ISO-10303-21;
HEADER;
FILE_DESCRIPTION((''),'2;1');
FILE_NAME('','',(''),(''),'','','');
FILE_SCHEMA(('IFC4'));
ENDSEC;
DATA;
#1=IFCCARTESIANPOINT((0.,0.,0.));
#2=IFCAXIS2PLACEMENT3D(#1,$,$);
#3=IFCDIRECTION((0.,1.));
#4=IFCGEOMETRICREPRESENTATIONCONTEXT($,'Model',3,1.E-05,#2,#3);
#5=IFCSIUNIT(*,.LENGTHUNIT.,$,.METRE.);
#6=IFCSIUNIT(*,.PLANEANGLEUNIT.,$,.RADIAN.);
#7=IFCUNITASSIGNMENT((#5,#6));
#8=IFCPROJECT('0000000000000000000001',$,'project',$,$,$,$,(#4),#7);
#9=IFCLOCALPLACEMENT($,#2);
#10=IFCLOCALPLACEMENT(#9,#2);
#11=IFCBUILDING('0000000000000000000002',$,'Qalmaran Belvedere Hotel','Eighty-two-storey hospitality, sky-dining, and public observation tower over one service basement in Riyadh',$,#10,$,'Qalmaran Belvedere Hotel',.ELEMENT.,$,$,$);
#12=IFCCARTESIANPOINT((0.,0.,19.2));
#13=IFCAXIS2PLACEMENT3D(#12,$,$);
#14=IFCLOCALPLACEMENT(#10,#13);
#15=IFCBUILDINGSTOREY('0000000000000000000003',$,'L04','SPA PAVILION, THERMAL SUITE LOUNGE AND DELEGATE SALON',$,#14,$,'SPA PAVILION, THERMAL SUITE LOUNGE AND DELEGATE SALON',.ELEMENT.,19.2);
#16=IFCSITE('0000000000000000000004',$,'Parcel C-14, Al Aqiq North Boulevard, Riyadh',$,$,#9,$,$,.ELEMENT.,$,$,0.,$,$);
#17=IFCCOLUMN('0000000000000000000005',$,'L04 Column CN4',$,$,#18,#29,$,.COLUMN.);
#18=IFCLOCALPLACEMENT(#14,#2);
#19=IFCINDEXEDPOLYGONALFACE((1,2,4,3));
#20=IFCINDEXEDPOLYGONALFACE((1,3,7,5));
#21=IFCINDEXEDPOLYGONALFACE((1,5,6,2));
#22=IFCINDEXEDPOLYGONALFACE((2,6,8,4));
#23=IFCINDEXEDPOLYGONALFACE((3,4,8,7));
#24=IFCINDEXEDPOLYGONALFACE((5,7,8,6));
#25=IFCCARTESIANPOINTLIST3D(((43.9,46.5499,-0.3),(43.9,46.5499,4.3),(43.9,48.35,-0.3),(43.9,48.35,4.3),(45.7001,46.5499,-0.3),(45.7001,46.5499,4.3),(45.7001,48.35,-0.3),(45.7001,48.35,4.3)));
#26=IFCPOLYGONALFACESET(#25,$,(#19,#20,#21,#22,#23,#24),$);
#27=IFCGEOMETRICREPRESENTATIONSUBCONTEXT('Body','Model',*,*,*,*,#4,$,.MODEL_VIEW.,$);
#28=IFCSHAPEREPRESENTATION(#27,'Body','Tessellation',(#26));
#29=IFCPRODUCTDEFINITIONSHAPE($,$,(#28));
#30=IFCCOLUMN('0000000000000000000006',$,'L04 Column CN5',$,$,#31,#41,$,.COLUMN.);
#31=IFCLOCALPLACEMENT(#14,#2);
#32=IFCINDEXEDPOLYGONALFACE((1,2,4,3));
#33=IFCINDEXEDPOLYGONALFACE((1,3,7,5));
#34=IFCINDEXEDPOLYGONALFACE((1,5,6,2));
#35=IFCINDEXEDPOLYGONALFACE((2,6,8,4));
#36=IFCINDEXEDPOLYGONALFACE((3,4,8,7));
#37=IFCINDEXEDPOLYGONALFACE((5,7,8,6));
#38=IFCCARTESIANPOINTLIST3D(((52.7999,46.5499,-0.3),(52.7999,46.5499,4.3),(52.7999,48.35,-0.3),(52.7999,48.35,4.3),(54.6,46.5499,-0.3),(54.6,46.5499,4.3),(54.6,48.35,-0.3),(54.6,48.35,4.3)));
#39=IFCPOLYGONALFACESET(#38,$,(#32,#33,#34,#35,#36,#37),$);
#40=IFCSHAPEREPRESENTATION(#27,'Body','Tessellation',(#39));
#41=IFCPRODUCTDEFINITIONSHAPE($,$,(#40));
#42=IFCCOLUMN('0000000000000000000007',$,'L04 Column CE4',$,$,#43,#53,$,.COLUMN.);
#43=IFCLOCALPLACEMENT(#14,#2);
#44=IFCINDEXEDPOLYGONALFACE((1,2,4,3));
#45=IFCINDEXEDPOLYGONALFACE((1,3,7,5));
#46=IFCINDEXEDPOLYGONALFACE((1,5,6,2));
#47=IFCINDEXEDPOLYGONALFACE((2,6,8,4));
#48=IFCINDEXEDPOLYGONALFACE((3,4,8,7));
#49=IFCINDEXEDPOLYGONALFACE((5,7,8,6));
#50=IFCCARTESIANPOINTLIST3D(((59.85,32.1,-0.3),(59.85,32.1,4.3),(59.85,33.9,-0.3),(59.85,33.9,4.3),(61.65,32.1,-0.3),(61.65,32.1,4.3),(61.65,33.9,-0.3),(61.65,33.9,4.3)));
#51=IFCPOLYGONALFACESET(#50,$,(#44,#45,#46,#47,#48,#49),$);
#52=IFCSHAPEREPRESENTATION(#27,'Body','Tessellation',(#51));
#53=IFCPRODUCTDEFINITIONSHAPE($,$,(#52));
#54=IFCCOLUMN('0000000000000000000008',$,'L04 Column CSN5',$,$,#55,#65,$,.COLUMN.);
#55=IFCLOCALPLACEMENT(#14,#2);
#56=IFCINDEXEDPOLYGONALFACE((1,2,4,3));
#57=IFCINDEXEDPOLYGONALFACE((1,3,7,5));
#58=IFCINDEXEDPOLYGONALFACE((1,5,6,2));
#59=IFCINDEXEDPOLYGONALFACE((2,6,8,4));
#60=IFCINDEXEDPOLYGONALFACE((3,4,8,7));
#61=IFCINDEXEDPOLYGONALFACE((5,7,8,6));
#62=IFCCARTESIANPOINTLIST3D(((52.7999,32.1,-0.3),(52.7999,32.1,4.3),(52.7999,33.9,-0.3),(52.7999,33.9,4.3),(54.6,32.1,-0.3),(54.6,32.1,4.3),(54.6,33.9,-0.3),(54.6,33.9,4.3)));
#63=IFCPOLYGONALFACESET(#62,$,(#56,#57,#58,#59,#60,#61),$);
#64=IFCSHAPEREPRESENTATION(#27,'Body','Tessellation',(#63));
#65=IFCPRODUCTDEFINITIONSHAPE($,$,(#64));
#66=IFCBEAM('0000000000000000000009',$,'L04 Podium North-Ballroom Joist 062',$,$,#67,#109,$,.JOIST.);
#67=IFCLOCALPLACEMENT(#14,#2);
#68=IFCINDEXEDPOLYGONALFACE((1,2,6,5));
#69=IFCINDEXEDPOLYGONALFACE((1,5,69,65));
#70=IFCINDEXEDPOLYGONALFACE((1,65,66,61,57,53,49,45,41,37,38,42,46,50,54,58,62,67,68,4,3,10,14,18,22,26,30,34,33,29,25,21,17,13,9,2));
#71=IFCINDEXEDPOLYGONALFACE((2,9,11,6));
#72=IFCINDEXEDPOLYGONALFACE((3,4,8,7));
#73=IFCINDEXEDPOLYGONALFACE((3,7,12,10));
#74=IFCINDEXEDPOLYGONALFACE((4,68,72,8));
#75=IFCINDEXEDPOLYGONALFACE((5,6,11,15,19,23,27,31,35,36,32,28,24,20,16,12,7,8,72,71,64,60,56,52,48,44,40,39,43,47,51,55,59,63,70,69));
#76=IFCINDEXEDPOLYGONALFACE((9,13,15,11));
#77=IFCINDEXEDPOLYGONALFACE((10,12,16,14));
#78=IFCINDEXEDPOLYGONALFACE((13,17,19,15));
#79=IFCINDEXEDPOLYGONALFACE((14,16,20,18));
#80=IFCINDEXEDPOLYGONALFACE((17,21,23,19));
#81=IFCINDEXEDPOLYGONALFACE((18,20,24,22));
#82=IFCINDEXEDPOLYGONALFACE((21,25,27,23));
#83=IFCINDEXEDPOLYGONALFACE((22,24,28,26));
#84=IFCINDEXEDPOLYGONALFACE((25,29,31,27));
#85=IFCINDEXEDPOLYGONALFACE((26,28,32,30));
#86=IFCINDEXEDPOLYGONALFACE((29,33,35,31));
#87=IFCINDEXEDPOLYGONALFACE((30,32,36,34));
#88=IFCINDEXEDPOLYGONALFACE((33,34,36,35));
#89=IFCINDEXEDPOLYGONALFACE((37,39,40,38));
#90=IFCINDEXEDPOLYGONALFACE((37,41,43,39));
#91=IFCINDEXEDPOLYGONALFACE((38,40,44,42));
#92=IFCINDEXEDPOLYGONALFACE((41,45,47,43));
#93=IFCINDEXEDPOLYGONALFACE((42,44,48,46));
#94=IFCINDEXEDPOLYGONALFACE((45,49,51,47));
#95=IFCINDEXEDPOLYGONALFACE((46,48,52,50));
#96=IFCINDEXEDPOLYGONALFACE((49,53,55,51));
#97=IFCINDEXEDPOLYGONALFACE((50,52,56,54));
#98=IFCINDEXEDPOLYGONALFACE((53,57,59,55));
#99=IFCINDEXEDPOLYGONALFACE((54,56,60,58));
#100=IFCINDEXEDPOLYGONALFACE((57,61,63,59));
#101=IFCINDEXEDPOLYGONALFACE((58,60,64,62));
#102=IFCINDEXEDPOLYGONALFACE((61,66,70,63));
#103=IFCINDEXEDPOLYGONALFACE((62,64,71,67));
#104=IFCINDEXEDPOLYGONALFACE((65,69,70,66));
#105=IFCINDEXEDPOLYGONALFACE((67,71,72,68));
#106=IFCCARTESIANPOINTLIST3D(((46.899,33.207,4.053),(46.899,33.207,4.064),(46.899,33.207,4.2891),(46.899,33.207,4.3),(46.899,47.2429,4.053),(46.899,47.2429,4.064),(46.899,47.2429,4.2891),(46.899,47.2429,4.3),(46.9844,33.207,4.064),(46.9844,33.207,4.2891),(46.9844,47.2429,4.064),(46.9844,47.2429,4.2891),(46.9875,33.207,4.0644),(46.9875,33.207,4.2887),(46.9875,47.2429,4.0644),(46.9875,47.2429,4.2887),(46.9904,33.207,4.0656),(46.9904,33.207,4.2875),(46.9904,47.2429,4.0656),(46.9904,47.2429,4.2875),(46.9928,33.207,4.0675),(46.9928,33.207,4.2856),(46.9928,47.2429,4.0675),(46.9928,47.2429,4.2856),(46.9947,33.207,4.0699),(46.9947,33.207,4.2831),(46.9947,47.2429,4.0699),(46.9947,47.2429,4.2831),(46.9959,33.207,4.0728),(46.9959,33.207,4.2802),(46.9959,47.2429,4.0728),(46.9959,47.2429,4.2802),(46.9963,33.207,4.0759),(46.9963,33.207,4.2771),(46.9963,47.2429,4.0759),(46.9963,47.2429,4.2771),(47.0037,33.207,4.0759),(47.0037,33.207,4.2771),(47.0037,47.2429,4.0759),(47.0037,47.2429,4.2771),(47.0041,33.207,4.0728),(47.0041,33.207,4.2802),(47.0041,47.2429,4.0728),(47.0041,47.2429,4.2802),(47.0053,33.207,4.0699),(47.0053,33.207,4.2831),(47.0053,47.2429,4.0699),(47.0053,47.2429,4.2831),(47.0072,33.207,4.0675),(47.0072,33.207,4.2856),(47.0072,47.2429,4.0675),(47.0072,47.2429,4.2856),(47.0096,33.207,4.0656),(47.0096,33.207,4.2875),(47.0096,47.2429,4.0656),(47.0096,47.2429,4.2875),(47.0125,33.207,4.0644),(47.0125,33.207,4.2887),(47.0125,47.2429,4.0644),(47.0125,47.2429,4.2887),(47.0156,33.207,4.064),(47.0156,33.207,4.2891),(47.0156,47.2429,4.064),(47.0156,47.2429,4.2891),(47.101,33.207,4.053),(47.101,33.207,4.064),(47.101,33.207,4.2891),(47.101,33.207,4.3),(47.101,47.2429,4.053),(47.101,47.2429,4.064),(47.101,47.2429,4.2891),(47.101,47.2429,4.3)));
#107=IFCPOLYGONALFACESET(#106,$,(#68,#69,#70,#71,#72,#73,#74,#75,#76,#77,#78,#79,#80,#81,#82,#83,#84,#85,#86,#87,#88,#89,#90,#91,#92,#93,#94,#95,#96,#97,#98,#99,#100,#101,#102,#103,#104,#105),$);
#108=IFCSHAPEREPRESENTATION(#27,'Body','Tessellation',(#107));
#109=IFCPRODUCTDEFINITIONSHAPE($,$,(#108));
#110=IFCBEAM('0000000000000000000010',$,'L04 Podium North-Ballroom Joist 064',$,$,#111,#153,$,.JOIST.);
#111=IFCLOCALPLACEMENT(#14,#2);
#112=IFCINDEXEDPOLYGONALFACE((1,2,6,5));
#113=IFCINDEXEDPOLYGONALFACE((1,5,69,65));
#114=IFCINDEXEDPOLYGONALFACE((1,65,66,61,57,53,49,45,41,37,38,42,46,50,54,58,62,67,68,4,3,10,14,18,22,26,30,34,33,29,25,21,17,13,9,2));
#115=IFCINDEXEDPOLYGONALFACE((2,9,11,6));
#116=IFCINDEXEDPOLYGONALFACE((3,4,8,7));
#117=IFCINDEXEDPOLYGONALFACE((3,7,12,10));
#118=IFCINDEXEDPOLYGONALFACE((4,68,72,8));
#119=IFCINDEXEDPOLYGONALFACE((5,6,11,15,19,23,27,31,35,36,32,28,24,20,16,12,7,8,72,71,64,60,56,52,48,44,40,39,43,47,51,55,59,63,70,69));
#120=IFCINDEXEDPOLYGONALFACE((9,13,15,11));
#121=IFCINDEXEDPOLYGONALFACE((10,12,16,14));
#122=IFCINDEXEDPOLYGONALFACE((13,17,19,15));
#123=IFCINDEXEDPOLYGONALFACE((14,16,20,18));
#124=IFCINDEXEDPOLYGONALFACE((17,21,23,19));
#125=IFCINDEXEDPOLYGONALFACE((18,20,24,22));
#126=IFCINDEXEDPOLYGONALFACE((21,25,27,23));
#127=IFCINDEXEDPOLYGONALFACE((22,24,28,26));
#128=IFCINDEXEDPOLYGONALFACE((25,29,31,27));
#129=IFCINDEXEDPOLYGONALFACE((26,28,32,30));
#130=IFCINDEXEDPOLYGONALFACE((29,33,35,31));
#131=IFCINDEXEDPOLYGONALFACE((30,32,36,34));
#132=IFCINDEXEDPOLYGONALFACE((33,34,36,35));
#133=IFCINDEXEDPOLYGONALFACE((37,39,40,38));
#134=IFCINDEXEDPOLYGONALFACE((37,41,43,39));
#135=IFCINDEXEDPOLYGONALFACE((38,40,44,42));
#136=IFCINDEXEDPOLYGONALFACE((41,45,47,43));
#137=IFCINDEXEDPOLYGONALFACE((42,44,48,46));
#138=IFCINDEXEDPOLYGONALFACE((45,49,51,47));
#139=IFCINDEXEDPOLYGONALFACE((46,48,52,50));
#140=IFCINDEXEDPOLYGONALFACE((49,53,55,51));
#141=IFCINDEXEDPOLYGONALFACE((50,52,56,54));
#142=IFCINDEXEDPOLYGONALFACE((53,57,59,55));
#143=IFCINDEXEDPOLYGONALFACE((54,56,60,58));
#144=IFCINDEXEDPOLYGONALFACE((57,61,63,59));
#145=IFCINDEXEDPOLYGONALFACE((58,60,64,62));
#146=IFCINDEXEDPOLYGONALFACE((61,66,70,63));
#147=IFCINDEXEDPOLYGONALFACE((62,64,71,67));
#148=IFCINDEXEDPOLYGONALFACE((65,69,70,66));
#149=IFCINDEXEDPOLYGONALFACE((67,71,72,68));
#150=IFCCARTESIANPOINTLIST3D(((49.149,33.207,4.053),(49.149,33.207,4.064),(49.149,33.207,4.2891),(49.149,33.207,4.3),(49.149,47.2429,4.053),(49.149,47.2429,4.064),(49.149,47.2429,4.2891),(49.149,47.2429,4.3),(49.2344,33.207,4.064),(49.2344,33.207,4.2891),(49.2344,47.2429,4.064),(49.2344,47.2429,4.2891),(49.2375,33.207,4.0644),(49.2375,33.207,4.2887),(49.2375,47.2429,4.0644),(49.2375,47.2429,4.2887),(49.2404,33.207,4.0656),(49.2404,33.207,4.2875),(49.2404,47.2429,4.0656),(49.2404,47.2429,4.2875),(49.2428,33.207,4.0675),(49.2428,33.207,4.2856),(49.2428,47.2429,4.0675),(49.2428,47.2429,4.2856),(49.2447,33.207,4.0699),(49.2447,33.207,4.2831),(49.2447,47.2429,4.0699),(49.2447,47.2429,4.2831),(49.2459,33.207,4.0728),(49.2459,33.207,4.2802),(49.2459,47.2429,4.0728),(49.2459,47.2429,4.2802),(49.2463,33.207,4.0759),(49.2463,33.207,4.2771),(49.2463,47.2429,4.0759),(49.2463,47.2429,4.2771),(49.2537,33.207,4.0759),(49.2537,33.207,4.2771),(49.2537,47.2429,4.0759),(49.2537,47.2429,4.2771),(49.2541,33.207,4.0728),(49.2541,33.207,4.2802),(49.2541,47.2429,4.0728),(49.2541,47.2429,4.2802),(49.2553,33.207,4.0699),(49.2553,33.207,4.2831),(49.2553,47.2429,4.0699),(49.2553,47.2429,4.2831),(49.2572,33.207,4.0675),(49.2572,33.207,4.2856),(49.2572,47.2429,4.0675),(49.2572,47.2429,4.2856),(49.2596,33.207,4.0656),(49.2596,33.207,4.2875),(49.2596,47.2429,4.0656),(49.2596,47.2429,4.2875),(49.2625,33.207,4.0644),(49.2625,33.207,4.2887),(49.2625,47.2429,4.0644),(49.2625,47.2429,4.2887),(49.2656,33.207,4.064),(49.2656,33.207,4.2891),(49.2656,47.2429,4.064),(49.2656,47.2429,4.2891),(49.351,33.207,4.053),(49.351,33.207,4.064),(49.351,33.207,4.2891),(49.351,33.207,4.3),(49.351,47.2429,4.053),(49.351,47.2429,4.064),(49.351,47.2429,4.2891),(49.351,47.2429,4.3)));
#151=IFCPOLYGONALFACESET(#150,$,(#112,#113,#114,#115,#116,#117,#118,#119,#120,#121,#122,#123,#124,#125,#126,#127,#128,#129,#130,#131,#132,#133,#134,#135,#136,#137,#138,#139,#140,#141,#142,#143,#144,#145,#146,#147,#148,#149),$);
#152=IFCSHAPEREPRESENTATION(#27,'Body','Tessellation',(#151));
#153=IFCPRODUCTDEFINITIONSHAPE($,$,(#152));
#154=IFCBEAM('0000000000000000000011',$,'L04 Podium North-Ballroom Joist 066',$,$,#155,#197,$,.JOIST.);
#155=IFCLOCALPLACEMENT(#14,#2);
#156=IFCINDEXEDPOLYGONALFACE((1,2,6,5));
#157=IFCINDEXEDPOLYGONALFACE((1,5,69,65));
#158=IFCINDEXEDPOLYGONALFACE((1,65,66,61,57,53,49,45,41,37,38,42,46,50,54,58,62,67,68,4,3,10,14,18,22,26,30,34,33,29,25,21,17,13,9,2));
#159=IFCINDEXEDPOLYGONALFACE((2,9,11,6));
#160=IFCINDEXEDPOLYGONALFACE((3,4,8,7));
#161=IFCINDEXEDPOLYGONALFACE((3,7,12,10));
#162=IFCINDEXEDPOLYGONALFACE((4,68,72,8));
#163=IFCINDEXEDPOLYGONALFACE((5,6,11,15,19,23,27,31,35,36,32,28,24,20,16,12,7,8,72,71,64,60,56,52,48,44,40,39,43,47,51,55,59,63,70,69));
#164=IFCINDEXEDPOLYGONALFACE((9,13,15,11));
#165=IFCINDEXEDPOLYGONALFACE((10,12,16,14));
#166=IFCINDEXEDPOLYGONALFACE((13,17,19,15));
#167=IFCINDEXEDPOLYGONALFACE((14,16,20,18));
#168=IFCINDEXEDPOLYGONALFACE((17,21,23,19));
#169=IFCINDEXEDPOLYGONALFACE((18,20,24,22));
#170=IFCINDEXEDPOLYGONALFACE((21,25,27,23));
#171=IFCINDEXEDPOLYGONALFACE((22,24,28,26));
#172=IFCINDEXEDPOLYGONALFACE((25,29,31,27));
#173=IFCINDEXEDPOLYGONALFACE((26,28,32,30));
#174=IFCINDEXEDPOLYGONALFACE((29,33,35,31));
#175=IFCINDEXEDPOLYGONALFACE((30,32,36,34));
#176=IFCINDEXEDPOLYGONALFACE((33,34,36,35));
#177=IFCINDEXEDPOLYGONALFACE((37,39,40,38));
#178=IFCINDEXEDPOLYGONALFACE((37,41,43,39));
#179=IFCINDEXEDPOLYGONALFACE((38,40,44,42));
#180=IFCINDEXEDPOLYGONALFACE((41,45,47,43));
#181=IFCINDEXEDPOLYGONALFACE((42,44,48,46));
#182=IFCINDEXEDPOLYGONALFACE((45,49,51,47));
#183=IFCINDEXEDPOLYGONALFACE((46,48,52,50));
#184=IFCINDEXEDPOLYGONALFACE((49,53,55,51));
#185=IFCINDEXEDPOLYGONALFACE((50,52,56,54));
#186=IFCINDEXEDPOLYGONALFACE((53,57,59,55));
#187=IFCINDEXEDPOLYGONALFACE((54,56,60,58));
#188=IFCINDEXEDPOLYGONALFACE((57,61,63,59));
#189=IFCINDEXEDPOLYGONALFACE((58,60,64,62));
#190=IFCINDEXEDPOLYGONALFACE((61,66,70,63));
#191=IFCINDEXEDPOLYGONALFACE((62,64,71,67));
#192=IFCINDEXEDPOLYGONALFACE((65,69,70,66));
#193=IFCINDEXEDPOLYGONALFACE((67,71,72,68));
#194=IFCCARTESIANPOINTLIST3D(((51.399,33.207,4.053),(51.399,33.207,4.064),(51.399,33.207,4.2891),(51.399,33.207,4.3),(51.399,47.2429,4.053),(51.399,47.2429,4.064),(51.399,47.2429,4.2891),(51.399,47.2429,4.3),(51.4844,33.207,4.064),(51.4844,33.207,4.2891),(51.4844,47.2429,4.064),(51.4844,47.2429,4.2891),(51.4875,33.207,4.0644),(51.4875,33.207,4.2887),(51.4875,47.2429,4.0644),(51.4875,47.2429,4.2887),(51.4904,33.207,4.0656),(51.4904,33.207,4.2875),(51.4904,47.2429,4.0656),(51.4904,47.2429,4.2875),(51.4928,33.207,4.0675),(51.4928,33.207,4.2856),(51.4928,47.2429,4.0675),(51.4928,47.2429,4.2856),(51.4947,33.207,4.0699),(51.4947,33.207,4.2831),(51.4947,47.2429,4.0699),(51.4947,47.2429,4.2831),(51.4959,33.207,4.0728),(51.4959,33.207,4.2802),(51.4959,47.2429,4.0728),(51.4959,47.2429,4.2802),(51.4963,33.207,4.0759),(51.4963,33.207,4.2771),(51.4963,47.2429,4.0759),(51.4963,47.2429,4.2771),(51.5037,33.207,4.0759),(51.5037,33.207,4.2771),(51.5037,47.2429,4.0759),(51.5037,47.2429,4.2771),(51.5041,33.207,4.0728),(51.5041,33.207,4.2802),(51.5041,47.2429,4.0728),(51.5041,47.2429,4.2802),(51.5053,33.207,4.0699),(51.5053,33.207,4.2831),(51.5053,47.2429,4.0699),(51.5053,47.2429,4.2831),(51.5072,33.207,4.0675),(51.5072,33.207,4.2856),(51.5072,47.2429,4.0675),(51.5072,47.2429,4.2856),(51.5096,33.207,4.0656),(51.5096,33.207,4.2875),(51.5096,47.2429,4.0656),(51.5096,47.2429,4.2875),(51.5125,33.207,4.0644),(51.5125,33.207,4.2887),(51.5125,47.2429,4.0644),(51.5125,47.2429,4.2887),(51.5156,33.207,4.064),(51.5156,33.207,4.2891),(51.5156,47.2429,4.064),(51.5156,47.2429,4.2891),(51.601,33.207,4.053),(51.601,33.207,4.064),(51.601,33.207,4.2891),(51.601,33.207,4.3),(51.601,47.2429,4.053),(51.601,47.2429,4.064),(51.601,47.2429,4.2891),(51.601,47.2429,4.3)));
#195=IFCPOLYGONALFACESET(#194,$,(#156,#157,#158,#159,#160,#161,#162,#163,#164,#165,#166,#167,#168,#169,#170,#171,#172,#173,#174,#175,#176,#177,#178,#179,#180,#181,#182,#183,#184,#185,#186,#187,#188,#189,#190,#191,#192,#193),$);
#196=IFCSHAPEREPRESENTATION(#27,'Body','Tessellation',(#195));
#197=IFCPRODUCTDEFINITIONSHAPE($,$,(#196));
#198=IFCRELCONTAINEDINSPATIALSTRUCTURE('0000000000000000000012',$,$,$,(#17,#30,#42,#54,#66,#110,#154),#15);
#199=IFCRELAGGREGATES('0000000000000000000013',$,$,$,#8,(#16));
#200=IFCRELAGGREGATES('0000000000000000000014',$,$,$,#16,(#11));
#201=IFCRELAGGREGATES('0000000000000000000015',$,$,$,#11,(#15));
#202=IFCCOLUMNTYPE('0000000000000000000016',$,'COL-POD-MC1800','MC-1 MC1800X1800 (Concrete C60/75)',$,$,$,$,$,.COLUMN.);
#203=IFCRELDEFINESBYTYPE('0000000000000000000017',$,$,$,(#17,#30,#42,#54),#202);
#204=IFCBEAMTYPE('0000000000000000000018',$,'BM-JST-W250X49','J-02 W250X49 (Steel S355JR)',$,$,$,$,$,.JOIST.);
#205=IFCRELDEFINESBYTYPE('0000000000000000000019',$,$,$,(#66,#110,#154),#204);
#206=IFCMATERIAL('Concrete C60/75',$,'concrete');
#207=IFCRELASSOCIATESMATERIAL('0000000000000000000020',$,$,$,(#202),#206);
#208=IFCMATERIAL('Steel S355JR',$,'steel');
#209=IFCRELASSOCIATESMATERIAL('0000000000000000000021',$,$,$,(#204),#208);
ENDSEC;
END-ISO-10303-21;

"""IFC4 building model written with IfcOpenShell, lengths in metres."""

from ifc_helpers import new_model, si_unit, direction, frame, origin, origin_2d, place, context, subcontext, project, spatial, rectangle, i_section, extrude, material, material_profile, profile_set, type_object, element, save


model = new_model("IFC4")

# Units and contexts
model_context = context("Model", 3, precision=1e-05, world=origin(), true_north=direction((0.0, 1.0)))
body_context = subcontext(model_context, "Body", "Model", "MODEL_VIEW")
ifc_project = project(units=[si_unit("LENGTHUNIT", "METRE"), si_unit("PLANEANGLEUNIT", "RADIAN")], contexts=[model_context])

# Site, building, storey
site_placement = place(None, origin())
site = spatial("IfcSite", under=ifc_project, at=site_placement, Name="Parcel C-14, Al Aqiq North Boulevard, Riyadh", CompositionType="ELEMENT", RefElevation=0.0)
building_placement = place(site_placement, origin())
building = spatial("IfcBuilding", under=site, at=building_placement, Name="Qalmaran Belvedere Hotel", Description="Eighty-two-storey hospitality, sky-dining, and public observation tower over one service basement in Riyadh", LongName="Qalmaran Belvedere Hotel", CompositionType="ELEMENT")
storey_placement = place(building_placement, frame((0.0, 0.0, 19.2)))
storey = spatial("IfcBuildingStorey", under=building, at=storey_placement, Name="L04", Description="SPA PAVILION, THERMAL SUITE LOUNGE AND DELEGATE SALON", LongName="SPA PAVILION, THERMAL SUITE LOUNGE AND DELEGATE SALON", CompositionType="ELEMENT", Elevation=19.2)

# Columns
ifc_material_1 = material(Name="Concrete C60/75", Category="concrete")
ifc_material_profile_1 = material_profile(ifc_material_1, rectangle(XDim=1.8, YDim=1.8, at=origin_2d()), Name="MC1800X1800")
ifc_profile_set_1 = profile_set([ifc_material_profile_1], Name="Concrete C60/75")
column_type = type_object("IfcColumnType", Name="COL-POD-MC1800", Description="MC-1 MC1800X1800 (Concrete C60/75)", PredefinedType="COLUMN", material=ifc_profile_set_1)
for number, where, z_axis, x_axis, name in (
    (1, (44.8, 47.45, -0.3), (0.0, 0.0, 1.0), (1.0, 0.0, 0.0), "L04 Column CN4"),
    (2, (53.7, 47.45, -0.3), (0.0, 0.0, 1.0), (1.0, 0.0, 0.0), "L04 Column CN5"),
    (3, (60.75, 33.0, -0.3), (0.0, 0.0, 1.0), (1.0, 0.0, 0.0), "L04 Column CE4"),
    (4, (53.7, 33.0, -0.3), (0.0, 0.0, 1.0), (1.0, 0.0, 0.0), "L04 Column CSN5"),
):
    element("IfcColumn", number, at=place(storey_placement, frame(where, z_axis=z_axis, x_axis=x_axis)), inside=storey, type_object=column_type, Name=name, PredefinedType="COLUMN", context=body_context, shape_type="SweptSolid", body=[
        extrude(rectangle(XDim=1.8, YDim=1.8, at=origin_2d()), origin(), (0.0, 0.0, 1.0), 4.6001),
    ])

# Beams
ifc_material_2 = material(Name="Steel S355JR", Category="steel")
ifc_material_profile_2 = material_profile(ifc_material_2, i_section(OverallWidth=0.2019, OverallDepth=0.2471, WebThickness=0.0073, FlangeThickness=0.011, FilletRadius=0.012, at=origin_2d()), Name="W250X49")
ifc_profile_set_2 = profile_set([ifc_material_profile_2], Name="Steel S355JR")
beam_type_1 = type_object("IfcBeamType", Name="BM-JST-W250X49", Description="J-02 W250X49 (Steel S355JR)", PredefinedType="JOIST", material=ifc_profile_set_2)
for number, where, z_axis, x_axis, name in (
    (5, (47.0, 33.207, 4.1765), (0.0, 1.0, 0.0), (-1.0, 0.0, 0.0), "L04 Podium North-Ballroom Joist 062"),
    (6, (49.25, 33.207, 4.1765), (0.0, 1.0, 0.0), (-1.0, 0.0, 0.0), "L04 Podium North-Ballroom Joist 064"),
    (7, (51.5, 33.207, 4.1765), (0.0, 1.0, 0.0), (-1.0, 0.0, 0.0), "L04 Podium North-Ballroom Joist 066"),
):
    element("IfcBeam", number, at=place(storey_placement, frame(where, z_axis=z_axis, x_axis=x_axis)), inside=storey, type_object=beam_type_1, Name=name, PredefinedType="JOIST", context=body_context, shape_type="SweptSolid", body=[
        extrude(i_section(OverallWidth=0.2019, OverallDepth=0.2471, WebThickness=0.0073, FlangeThickness=0.011, FilletRadius=0.012, at=origin_2d()), origin(), (0.0, 0.0, 1.0), 14.0359),
    ])

save(model, "model.ifc")
